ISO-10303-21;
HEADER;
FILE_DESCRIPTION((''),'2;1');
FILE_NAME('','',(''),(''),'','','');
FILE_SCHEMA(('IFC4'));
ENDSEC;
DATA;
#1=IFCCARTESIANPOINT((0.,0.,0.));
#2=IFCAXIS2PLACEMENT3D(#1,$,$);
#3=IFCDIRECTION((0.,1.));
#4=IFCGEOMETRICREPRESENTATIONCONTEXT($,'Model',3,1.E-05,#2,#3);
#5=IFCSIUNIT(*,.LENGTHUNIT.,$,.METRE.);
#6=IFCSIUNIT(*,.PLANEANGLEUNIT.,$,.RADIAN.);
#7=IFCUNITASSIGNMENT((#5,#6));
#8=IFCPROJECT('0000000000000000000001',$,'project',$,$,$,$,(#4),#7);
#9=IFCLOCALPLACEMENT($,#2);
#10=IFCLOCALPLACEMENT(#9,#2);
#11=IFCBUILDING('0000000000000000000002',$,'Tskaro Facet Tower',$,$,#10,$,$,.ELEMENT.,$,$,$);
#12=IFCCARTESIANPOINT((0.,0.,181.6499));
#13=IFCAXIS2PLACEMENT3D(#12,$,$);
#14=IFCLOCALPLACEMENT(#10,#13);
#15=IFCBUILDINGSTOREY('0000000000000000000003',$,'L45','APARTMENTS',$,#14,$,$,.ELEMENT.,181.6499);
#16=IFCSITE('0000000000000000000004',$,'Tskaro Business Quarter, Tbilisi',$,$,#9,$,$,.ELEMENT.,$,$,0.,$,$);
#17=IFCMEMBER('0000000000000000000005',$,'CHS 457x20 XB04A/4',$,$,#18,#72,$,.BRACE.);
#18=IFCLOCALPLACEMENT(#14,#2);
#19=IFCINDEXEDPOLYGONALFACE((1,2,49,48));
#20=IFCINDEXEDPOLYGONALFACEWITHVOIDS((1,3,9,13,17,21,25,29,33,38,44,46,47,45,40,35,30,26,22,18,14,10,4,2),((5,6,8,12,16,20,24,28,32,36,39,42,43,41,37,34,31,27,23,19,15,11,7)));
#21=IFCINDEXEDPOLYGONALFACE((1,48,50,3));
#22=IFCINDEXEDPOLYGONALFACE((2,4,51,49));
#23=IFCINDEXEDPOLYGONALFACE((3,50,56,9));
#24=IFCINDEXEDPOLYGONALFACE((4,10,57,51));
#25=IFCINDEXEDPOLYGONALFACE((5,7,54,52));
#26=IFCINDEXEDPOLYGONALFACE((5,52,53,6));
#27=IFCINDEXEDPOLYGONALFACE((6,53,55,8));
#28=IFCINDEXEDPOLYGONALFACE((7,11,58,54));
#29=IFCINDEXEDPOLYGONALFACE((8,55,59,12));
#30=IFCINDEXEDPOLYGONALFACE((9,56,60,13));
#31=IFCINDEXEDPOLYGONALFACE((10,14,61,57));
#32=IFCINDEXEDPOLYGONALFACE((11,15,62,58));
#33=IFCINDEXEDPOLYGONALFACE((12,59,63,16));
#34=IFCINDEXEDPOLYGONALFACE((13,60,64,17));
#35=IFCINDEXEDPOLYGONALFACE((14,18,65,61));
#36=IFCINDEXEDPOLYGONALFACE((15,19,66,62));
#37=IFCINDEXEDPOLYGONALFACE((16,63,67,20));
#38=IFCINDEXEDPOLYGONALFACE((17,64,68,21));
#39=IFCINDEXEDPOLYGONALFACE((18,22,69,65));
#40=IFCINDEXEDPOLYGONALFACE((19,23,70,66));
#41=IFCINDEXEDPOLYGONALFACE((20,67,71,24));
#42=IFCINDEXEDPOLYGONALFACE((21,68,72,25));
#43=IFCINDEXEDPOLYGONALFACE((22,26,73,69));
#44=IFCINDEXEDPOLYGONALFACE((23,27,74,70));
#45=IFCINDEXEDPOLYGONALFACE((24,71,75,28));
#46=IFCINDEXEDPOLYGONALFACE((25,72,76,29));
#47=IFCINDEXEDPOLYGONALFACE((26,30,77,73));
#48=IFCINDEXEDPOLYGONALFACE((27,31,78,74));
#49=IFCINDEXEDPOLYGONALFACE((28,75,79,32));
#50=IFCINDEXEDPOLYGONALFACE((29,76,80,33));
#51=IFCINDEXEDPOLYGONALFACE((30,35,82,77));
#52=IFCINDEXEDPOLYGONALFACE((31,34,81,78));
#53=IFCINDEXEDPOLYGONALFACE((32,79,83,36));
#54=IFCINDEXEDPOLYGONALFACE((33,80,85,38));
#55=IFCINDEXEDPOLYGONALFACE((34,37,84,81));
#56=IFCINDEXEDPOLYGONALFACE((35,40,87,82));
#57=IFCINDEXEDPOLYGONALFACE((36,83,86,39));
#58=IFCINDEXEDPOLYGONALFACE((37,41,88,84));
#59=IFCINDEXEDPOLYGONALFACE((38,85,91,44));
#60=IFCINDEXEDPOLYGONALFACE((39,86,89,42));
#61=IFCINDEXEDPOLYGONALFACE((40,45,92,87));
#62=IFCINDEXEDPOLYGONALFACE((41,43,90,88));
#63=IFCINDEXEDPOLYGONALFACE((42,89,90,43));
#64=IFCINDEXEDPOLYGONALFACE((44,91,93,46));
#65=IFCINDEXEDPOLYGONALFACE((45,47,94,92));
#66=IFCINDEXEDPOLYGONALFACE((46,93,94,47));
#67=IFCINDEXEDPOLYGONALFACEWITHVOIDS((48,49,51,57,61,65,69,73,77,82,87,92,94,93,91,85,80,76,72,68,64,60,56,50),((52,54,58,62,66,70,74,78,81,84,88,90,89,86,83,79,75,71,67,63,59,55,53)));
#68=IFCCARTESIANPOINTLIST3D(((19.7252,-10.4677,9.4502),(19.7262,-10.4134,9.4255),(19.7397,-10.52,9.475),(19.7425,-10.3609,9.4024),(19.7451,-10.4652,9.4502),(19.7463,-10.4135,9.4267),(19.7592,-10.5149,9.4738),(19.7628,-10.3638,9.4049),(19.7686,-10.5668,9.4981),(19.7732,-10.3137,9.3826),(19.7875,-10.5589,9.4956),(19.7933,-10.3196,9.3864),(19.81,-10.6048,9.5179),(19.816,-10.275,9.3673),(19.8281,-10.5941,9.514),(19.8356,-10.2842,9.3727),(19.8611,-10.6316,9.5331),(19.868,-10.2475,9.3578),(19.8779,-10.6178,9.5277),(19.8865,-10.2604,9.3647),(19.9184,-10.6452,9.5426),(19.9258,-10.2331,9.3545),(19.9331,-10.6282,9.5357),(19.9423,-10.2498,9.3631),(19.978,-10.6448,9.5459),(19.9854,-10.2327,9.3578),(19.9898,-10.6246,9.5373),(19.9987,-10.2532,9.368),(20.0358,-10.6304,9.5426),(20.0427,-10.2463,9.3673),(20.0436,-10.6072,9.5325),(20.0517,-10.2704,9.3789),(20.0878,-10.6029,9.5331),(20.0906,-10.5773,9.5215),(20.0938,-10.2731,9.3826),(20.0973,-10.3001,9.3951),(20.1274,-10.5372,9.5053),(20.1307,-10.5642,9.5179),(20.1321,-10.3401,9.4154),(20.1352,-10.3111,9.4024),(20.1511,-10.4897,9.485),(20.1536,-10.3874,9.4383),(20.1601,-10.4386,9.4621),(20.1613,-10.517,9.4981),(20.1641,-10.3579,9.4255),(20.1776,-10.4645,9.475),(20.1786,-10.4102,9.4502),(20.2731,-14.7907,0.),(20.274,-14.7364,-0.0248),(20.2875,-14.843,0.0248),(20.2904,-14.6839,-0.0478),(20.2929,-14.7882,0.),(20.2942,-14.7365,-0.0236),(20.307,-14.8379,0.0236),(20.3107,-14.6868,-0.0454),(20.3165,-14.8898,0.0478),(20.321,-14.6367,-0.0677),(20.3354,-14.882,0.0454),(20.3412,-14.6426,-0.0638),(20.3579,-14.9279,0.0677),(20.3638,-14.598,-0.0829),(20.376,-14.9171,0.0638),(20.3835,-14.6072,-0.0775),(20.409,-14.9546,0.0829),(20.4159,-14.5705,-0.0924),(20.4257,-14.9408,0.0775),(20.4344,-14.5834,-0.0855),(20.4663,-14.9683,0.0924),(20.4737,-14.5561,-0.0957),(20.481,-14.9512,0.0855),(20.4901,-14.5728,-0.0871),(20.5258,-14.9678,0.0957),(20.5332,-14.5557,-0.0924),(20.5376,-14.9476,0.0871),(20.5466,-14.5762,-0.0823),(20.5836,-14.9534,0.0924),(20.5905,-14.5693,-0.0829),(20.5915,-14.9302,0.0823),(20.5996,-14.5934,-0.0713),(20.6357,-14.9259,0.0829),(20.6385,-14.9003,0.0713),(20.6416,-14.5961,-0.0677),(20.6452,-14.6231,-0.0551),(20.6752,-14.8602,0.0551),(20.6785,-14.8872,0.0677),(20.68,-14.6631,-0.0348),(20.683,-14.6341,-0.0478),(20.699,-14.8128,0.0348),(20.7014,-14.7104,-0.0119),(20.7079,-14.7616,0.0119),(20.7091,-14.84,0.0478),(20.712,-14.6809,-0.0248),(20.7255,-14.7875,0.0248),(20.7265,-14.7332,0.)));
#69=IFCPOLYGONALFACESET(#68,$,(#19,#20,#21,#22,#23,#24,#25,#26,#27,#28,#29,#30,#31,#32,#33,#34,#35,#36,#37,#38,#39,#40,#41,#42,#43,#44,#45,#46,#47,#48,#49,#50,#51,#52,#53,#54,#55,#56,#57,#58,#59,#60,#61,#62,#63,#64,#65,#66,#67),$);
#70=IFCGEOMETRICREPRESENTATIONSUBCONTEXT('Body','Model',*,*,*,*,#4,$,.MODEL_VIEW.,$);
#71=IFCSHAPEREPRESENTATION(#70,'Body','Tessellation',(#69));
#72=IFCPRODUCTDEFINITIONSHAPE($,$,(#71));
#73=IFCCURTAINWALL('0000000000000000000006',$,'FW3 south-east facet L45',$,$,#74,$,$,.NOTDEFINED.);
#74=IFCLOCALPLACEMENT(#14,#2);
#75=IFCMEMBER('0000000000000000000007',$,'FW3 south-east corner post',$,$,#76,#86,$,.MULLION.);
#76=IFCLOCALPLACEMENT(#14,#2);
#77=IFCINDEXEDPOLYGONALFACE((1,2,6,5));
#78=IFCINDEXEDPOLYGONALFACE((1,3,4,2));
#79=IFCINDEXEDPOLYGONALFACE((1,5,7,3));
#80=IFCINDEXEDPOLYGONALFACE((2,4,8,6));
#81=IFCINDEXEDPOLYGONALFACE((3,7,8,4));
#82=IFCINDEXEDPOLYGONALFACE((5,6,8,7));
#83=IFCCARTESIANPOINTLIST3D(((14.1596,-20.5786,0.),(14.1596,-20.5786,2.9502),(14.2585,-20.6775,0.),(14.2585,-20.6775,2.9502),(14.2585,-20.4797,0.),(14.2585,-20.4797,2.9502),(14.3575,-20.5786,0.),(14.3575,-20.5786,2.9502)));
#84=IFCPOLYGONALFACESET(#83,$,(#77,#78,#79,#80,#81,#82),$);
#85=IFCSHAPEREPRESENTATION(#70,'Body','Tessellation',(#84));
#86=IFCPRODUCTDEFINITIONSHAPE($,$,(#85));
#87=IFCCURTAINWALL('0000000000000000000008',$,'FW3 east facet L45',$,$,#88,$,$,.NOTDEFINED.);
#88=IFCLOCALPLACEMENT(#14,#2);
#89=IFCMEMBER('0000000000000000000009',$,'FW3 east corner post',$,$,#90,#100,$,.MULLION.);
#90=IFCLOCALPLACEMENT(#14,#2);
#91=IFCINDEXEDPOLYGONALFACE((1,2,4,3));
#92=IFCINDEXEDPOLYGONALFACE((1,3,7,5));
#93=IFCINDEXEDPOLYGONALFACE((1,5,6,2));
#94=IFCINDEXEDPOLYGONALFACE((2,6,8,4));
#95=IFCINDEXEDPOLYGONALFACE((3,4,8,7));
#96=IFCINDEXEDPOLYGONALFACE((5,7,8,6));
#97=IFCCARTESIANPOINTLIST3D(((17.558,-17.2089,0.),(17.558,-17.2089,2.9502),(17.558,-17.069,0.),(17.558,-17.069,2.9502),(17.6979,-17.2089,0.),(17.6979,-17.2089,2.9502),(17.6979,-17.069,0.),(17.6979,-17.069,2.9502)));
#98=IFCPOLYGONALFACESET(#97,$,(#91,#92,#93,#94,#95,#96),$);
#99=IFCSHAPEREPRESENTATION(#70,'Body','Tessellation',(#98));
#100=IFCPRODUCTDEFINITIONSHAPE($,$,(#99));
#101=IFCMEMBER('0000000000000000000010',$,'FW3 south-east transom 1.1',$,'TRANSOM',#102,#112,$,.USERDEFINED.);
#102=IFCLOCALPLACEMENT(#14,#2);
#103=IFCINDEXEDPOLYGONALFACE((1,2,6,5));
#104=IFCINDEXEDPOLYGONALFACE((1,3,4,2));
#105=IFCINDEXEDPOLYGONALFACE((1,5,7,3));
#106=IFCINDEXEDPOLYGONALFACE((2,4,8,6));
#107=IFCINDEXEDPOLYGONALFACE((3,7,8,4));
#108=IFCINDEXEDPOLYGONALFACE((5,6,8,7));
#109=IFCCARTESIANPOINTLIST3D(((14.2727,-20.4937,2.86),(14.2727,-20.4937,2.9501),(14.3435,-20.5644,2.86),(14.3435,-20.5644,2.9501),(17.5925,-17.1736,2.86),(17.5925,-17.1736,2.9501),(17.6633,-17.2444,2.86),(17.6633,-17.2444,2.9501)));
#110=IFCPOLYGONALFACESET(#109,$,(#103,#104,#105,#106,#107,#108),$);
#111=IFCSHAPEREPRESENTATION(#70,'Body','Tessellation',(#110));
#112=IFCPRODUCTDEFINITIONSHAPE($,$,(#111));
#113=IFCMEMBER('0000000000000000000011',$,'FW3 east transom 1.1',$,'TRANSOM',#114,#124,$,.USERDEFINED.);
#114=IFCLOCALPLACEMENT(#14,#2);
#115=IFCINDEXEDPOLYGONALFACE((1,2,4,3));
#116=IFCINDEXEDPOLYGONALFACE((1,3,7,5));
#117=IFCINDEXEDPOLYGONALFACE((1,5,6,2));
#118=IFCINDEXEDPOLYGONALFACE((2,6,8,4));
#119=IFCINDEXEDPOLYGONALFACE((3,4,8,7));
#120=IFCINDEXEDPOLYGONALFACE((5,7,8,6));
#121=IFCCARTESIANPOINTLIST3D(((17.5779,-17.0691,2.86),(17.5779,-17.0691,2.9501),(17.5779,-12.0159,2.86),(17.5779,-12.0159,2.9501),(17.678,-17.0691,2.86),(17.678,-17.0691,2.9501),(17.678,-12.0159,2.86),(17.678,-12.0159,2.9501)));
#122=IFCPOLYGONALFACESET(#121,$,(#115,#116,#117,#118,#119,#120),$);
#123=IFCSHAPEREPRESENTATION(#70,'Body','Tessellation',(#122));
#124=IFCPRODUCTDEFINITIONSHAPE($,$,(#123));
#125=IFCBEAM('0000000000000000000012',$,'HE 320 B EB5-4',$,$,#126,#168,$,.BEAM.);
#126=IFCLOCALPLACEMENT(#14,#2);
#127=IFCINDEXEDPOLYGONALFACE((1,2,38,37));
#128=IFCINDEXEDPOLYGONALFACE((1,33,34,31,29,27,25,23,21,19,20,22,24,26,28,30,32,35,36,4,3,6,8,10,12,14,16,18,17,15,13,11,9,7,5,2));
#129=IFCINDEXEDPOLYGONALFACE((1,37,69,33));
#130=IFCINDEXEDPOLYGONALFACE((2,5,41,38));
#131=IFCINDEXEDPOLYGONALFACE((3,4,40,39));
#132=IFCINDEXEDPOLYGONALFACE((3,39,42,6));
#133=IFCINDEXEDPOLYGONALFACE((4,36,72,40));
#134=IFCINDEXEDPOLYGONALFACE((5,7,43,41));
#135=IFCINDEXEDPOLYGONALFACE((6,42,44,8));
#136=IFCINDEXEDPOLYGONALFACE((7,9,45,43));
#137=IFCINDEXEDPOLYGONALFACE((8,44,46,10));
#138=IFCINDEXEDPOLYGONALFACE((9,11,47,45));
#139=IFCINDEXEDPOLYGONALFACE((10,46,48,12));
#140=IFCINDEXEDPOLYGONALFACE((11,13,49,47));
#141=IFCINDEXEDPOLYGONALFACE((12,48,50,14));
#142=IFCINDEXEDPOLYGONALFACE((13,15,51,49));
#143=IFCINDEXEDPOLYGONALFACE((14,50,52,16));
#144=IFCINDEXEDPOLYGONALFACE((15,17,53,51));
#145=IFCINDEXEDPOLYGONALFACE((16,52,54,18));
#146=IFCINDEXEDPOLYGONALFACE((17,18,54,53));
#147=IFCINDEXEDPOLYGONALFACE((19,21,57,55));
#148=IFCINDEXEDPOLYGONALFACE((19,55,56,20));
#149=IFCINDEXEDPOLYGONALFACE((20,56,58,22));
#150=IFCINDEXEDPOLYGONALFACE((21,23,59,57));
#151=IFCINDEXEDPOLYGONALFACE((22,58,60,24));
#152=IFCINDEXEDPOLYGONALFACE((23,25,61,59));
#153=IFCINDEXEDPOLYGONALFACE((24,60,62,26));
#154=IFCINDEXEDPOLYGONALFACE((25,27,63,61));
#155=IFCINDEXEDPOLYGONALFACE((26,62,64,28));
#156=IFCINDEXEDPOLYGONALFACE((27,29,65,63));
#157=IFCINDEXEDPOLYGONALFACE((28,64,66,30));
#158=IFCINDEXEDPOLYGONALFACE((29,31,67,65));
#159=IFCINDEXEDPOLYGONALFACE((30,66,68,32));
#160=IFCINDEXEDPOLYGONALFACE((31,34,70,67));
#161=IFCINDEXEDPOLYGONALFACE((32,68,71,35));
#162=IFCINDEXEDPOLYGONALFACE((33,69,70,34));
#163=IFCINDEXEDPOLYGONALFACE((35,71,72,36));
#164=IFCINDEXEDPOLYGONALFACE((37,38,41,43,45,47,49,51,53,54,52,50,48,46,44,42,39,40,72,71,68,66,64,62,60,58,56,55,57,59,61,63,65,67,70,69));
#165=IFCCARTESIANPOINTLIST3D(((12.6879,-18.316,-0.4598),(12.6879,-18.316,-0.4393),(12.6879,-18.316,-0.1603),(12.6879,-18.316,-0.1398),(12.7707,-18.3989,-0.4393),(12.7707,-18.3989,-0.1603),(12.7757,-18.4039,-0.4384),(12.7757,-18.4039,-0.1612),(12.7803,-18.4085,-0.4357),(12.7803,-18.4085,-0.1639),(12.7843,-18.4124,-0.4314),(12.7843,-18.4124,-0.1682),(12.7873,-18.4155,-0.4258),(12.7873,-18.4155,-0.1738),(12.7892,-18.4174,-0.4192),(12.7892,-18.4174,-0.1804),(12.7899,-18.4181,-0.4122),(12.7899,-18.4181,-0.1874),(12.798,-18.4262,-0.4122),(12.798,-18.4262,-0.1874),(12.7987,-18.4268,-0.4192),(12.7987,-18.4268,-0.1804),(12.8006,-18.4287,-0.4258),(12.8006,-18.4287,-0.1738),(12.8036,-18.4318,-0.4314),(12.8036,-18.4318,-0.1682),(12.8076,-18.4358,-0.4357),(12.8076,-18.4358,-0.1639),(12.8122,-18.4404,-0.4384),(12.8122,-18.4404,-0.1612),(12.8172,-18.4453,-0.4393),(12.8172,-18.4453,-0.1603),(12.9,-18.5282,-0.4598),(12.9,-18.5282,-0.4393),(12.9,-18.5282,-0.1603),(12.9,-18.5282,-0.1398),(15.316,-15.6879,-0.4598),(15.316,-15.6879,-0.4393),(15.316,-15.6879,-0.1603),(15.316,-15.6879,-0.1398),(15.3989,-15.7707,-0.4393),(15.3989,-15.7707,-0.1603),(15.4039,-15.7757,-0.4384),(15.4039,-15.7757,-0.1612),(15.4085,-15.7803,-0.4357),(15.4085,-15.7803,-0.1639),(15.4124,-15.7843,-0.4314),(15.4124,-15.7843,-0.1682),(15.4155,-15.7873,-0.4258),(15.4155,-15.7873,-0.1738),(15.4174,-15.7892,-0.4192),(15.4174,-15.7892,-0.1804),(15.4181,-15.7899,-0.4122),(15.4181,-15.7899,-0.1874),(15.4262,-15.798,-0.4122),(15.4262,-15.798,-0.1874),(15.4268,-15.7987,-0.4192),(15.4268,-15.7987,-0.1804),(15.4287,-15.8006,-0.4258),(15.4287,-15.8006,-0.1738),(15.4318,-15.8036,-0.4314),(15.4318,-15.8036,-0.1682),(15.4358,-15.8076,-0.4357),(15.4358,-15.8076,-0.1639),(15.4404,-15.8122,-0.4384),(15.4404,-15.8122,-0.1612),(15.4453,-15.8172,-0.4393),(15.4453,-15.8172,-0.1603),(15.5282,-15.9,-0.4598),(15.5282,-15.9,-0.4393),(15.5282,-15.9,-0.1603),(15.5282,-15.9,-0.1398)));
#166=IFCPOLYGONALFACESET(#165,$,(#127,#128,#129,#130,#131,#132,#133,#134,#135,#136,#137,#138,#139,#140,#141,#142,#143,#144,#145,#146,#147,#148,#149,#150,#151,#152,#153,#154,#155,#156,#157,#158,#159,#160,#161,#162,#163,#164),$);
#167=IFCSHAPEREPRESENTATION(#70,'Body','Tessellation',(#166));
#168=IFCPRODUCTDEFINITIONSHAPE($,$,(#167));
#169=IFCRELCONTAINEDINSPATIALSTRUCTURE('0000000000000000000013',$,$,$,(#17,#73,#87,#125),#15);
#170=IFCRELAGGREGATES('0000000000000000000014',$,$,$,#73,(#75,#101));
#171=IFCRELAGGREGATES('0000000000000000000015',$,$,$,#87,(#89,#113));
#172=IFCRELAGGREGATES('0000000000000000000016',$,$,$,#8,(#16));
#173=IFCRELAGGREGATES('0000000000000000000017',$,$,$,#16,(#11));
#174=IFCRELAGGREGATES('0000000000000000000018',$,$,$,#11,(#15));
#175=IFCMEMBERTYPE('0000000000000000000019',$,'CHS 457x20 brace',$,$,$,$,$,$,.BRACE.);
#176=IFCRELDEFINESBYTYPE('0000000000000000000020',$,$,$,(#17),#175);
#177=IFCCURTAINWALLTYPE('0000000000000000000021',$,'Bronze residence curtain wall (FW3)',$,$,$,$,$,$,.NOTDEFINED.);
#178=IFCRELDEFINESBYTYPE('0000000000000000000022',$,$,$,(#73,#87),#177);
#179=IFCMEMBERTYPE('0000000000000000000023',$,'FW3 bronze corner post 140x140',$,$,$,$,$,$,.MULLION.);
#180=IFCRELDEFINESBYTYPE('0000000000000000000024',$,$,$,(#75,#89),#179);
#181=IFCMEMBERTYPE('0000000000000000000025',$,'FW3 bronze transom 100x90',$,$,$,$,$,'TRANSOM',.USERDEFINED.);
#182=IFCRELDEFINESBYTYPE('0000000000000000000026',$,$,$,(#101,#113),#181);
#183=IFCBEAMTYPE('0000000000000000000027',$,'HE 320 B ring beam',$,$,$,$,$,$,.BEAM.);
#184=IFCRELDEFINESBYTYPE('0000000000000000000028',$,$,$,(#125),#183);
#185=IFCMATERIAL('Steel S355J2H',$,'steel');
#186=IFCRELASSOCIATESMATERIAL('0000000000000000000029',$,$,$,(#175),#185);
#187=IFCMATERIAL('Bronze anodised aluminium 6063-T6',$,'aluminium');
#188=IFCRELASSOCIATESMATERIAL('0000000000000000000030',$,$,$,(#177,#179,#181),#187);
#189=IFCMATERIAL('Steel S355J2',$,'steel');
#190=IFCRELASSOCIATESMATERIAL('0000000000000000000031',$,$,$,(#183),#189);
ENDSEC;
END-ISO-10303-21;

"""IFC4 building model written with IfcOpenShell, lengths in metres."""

from ifc_helpers import new_model, si_unit, direction, frame, origin, origin_2d, place, context, subcontext, project, spatial, rectangle, hollow_circle, i_section, extrude, material, material_profile, profile_set, type_object, element, aggregate, save


model = new_model("IFC4")

# Units and contexts
model_context = context("Model", 3, precision=1e-05, world=origin(), true_north=direction((0.0, 1.0)))
body_context = subcontext(model_context, "Body", "Model", "MODEL_VIEW")
ifc_project = project(units=[si_unit("LENGTHUNIT", "METRE"), si_unit("PLANEANGLEUNIT", "RADIAN")], contexts=[model_context])

# Site, building, storey
site_placement = place(None, origin())
site = spatial("IfcSite", under=ifc_project, at=site_placement, Name="Tskaro Business Quarter, Tbilisi", CompositionType="ELEMENT", RefElevation=0.0)
building_placement = place(site_placement, origin())
building = spatial("IfcBuilding", under=site, at=building_placement, Name="Tskaro Facet Tower", CompositionType="ELEMENT")
storey_placement = place(building_placement, frame((0.0, 0.0, 181.6499)))
storey = spatial("IfcBuildingStorey", under=building, at=storey_placement, Name="L45", Description="APARTMENTS", CompositionType="ELEMENT", Elevation=181.6499)

# Shared definitions
ifc_material_1 = material(Name="Steel S355J2H", Category="steel")

# Member
ifc_material_profile_1 = material_profile(ifc_material_1, hollow_circle(Radius=0.2285, WallThickness=0.02, at=origin_2d()), Name="CHS 457x20")
ifc_profile_set_1 = profile_set([ifc_material_profile_1], Name="Steel S355J2H")
member_type_1 = type_object("IfcMemberType", Name="CHS 457x20 brace", PredefinedType="BRACE", material=ifc_profile_set_1)
member_1_placement = place(storey_placement, frame((20.4998, -14.762, 0.0), z_axis=(-0.052645, 0.415414, 0.908108), x_axis=(-0.992065, -0.125724, 0.0)))
element("IfcMember", 1, at=member_1_placement, inside=storey, type_object=member_type_1, Name="CHS 457x20 XB04A/4", PredefinedType="BRACE", context=body_context, shape_type="SweptSolid", body=[
    extrude(hollow_circle(Radius=0.2285, WallThickness=0.02, at=origin_2d()), origin(), (0.0, 0.0, 1.0), 10.4065),
])

# Curtain walls, members
ifc_material_2 = material(Name="Bronze anodised aluminium 6063-T6", Category="aluminium")
curtain_wall_type = type_object("IfcCurtainWallType", Name="Bronze residence curtain wall (FW3)", PredefinedType="NOTDEFINED", material=ifc_material_2)
curtain_wall_1_placement = place(storey_placement, origin())
curtain_wall_1 = element("IfcCurtainWall", 2, at=curtain_wall_1_placement, inside=storey, type_object=curtain_wall_type, Name="FW3 south-east facet L45", PredefinedType="NOTDEFINED")
ifc_material_profile_2 = material_profile(ifc_material_2, rectangle(XDim=0.1399, YDim=0.1399, at=origin_2d()), Name="Corner post 140x140")
ifc_profile_set_2 = profile_set([ifc_material_profile_2], Name="Bronze anodised aluminium 6063-T6")
member_type_2 = type_object("IfcMemberType", Name="FW3 bronze corner post 140x140", PredefinedType="MULLION", material=ifc_profile_set_2)
member_2_placement = place(storey_placement, frame((14.2585, -20.5786, 0.0), z_axis=(0.0, 0.0, 1.0), x_axis=(0.707107, 0.707107, 0.0)))
member_2 = element("IfcMember", 3, at=member_2_placement, type_object=member_type_2, Name="FW3 south-east corner post", PredefinedType="MULLION", context=body_context, shape_type="SweptSolid", body=[
    extrude(rectangle(XDim=0.1399, YDim=0.1399, at=origin_2d()), origin(), (0.0, 0.0, 1.0), 2.9502),
])
curtain_wall_2_placement = place(storey_placement, origin())
curtain_wall_2 = element("IfcCurtainWall", 4, at=curtain_wall_2_placement, inside=storey, type_object=curtain_wall_type, Name="FW3 east facet L45", PredefinedType="NOTDEFINED")
member_3_placement = place(storey_placement, frame((17.6279, -17.1389, 0.0), z_axis=(0.0, 0.0, 1.0), x_axis=(0.0, 1.0, 0.0)))
member_3 = element("IfcMember", 5, at=member_3_placement, type_object=member_type_2, Name="FW3 east corner post", PredefinedType="MULLION", context=body_context, shape_type="SweptSolid", body=[
    extrude(rectangle(XDim=0.1399, YDim=0.1399, at=origin_2d()), origin(), (0.0, 0.0, 1.0), 2.9502),
])

# Members
ifc_material_profile_3 = material_profile(ifc_material_2, rectangle(XDim=0.1001, YDim=0.0901, at=origin_2d()), Name="Transom 100x90")
ifc_profile_set_3 = profile_set([ifc_material_profile_3], Name="Bronze anodised aluminium 6063-T6")
member_type_3 = type_object("IfcMemberType", Name="FW3 bronze transom 100x90", ElementType="TRANSOM", PredefinedType="USERDEFINED", material=ifc_profile_set_3)
member_4_placement = place(storey_placement, frame((14.3081, -20.5291, 2.905), z_axis=(0.707081, 0.707133, 0.0), x_axis=(-0.707133, 0.707081, 0.0)))
member_4 = element("IfcMember", 6, at=member_4_placement, type_object=member_type_3, Name="FW3 south-east transom 1.1", ObjectType="TRANSOM", PredefinedType="USERDEFINED", context=body_context, shape_type="SweptSolid", body=[
    extrude(rectangle(XDim=0.1001, YDim=0.0901, at=origin_2d()), origin(), (0.0, 0.0, 1.0), 4.6951),
])
member_5_placement = place(storey_placement, frame((17.6279, -17.0691, 2.905), z_axis=(0.0, 1.0, 0.0), x_axis=(-1.0, 0.0, 0.0)))
member_5 = element("IfcMember", 7, at=member_5_placement, type_object=member_type_3, Name="FW3 east transom 1.1", ObjectType="TRANSOM", PredefinedType="USERDEFINED", context=body_context, shape_type="SweptSolid", body=[
    extrude(rectangle(XDim=0.1001, YDim=0.0901, at=origin_2d()), origin(), (0.0, 0.0, 1.0), 5.0532),
])

# Beam
ifc_material_3 = material(Name="Steel S355J2", Category="steel")
ifc_material_profile_4 = material_profile(ifc_material_3, i_section(OverallWidth=0.3, OverallDepth=0.3201, WebThickness=0.0115, FlangeThickness=0.0205, FilletRadius=0.0271, at=origin_2d()), Name="HE 320 B")
ifc_profile_set_4 = profile_set([ifc_material_profile_4], Name="Steel S355J2")
beam_type_1 = type_object("IfcBeamType", Name="HE 320 B ring beam", PredefinedType="BEAM", material=ifc_profile_set_4)
beam_1_placement = place(storey_placement, frame((12.7939, -18.4221, -0.2998), z_axis=(0.707107, 0.707107, 0.0), x_axis=(-0.707107, 0.707107, 0.0)))
element("IfcBeam", 8, at=beam_1_placement, inside=storey, type_object=beam_type_1, Name="HE 320 B EB5-4", PredefinedType="BEAM", context=body_context, shape_type="SweptSolid", body=[
    extrude(i_section(OverallWidth=0.3, OverallDepth=0.3201, WebThickness=0.0115, FlangeThickness=0.0205, FilletRadius=0.0271, at=origin_2d()), origin(), (0.0, 0.0, 1.0), 3.7168),
])

aggregate(curtain_wall_1, [member_2, member_4])
aggregate(curtain_wall_2, [member_3, member_5])

save(model, "model.ifc")
